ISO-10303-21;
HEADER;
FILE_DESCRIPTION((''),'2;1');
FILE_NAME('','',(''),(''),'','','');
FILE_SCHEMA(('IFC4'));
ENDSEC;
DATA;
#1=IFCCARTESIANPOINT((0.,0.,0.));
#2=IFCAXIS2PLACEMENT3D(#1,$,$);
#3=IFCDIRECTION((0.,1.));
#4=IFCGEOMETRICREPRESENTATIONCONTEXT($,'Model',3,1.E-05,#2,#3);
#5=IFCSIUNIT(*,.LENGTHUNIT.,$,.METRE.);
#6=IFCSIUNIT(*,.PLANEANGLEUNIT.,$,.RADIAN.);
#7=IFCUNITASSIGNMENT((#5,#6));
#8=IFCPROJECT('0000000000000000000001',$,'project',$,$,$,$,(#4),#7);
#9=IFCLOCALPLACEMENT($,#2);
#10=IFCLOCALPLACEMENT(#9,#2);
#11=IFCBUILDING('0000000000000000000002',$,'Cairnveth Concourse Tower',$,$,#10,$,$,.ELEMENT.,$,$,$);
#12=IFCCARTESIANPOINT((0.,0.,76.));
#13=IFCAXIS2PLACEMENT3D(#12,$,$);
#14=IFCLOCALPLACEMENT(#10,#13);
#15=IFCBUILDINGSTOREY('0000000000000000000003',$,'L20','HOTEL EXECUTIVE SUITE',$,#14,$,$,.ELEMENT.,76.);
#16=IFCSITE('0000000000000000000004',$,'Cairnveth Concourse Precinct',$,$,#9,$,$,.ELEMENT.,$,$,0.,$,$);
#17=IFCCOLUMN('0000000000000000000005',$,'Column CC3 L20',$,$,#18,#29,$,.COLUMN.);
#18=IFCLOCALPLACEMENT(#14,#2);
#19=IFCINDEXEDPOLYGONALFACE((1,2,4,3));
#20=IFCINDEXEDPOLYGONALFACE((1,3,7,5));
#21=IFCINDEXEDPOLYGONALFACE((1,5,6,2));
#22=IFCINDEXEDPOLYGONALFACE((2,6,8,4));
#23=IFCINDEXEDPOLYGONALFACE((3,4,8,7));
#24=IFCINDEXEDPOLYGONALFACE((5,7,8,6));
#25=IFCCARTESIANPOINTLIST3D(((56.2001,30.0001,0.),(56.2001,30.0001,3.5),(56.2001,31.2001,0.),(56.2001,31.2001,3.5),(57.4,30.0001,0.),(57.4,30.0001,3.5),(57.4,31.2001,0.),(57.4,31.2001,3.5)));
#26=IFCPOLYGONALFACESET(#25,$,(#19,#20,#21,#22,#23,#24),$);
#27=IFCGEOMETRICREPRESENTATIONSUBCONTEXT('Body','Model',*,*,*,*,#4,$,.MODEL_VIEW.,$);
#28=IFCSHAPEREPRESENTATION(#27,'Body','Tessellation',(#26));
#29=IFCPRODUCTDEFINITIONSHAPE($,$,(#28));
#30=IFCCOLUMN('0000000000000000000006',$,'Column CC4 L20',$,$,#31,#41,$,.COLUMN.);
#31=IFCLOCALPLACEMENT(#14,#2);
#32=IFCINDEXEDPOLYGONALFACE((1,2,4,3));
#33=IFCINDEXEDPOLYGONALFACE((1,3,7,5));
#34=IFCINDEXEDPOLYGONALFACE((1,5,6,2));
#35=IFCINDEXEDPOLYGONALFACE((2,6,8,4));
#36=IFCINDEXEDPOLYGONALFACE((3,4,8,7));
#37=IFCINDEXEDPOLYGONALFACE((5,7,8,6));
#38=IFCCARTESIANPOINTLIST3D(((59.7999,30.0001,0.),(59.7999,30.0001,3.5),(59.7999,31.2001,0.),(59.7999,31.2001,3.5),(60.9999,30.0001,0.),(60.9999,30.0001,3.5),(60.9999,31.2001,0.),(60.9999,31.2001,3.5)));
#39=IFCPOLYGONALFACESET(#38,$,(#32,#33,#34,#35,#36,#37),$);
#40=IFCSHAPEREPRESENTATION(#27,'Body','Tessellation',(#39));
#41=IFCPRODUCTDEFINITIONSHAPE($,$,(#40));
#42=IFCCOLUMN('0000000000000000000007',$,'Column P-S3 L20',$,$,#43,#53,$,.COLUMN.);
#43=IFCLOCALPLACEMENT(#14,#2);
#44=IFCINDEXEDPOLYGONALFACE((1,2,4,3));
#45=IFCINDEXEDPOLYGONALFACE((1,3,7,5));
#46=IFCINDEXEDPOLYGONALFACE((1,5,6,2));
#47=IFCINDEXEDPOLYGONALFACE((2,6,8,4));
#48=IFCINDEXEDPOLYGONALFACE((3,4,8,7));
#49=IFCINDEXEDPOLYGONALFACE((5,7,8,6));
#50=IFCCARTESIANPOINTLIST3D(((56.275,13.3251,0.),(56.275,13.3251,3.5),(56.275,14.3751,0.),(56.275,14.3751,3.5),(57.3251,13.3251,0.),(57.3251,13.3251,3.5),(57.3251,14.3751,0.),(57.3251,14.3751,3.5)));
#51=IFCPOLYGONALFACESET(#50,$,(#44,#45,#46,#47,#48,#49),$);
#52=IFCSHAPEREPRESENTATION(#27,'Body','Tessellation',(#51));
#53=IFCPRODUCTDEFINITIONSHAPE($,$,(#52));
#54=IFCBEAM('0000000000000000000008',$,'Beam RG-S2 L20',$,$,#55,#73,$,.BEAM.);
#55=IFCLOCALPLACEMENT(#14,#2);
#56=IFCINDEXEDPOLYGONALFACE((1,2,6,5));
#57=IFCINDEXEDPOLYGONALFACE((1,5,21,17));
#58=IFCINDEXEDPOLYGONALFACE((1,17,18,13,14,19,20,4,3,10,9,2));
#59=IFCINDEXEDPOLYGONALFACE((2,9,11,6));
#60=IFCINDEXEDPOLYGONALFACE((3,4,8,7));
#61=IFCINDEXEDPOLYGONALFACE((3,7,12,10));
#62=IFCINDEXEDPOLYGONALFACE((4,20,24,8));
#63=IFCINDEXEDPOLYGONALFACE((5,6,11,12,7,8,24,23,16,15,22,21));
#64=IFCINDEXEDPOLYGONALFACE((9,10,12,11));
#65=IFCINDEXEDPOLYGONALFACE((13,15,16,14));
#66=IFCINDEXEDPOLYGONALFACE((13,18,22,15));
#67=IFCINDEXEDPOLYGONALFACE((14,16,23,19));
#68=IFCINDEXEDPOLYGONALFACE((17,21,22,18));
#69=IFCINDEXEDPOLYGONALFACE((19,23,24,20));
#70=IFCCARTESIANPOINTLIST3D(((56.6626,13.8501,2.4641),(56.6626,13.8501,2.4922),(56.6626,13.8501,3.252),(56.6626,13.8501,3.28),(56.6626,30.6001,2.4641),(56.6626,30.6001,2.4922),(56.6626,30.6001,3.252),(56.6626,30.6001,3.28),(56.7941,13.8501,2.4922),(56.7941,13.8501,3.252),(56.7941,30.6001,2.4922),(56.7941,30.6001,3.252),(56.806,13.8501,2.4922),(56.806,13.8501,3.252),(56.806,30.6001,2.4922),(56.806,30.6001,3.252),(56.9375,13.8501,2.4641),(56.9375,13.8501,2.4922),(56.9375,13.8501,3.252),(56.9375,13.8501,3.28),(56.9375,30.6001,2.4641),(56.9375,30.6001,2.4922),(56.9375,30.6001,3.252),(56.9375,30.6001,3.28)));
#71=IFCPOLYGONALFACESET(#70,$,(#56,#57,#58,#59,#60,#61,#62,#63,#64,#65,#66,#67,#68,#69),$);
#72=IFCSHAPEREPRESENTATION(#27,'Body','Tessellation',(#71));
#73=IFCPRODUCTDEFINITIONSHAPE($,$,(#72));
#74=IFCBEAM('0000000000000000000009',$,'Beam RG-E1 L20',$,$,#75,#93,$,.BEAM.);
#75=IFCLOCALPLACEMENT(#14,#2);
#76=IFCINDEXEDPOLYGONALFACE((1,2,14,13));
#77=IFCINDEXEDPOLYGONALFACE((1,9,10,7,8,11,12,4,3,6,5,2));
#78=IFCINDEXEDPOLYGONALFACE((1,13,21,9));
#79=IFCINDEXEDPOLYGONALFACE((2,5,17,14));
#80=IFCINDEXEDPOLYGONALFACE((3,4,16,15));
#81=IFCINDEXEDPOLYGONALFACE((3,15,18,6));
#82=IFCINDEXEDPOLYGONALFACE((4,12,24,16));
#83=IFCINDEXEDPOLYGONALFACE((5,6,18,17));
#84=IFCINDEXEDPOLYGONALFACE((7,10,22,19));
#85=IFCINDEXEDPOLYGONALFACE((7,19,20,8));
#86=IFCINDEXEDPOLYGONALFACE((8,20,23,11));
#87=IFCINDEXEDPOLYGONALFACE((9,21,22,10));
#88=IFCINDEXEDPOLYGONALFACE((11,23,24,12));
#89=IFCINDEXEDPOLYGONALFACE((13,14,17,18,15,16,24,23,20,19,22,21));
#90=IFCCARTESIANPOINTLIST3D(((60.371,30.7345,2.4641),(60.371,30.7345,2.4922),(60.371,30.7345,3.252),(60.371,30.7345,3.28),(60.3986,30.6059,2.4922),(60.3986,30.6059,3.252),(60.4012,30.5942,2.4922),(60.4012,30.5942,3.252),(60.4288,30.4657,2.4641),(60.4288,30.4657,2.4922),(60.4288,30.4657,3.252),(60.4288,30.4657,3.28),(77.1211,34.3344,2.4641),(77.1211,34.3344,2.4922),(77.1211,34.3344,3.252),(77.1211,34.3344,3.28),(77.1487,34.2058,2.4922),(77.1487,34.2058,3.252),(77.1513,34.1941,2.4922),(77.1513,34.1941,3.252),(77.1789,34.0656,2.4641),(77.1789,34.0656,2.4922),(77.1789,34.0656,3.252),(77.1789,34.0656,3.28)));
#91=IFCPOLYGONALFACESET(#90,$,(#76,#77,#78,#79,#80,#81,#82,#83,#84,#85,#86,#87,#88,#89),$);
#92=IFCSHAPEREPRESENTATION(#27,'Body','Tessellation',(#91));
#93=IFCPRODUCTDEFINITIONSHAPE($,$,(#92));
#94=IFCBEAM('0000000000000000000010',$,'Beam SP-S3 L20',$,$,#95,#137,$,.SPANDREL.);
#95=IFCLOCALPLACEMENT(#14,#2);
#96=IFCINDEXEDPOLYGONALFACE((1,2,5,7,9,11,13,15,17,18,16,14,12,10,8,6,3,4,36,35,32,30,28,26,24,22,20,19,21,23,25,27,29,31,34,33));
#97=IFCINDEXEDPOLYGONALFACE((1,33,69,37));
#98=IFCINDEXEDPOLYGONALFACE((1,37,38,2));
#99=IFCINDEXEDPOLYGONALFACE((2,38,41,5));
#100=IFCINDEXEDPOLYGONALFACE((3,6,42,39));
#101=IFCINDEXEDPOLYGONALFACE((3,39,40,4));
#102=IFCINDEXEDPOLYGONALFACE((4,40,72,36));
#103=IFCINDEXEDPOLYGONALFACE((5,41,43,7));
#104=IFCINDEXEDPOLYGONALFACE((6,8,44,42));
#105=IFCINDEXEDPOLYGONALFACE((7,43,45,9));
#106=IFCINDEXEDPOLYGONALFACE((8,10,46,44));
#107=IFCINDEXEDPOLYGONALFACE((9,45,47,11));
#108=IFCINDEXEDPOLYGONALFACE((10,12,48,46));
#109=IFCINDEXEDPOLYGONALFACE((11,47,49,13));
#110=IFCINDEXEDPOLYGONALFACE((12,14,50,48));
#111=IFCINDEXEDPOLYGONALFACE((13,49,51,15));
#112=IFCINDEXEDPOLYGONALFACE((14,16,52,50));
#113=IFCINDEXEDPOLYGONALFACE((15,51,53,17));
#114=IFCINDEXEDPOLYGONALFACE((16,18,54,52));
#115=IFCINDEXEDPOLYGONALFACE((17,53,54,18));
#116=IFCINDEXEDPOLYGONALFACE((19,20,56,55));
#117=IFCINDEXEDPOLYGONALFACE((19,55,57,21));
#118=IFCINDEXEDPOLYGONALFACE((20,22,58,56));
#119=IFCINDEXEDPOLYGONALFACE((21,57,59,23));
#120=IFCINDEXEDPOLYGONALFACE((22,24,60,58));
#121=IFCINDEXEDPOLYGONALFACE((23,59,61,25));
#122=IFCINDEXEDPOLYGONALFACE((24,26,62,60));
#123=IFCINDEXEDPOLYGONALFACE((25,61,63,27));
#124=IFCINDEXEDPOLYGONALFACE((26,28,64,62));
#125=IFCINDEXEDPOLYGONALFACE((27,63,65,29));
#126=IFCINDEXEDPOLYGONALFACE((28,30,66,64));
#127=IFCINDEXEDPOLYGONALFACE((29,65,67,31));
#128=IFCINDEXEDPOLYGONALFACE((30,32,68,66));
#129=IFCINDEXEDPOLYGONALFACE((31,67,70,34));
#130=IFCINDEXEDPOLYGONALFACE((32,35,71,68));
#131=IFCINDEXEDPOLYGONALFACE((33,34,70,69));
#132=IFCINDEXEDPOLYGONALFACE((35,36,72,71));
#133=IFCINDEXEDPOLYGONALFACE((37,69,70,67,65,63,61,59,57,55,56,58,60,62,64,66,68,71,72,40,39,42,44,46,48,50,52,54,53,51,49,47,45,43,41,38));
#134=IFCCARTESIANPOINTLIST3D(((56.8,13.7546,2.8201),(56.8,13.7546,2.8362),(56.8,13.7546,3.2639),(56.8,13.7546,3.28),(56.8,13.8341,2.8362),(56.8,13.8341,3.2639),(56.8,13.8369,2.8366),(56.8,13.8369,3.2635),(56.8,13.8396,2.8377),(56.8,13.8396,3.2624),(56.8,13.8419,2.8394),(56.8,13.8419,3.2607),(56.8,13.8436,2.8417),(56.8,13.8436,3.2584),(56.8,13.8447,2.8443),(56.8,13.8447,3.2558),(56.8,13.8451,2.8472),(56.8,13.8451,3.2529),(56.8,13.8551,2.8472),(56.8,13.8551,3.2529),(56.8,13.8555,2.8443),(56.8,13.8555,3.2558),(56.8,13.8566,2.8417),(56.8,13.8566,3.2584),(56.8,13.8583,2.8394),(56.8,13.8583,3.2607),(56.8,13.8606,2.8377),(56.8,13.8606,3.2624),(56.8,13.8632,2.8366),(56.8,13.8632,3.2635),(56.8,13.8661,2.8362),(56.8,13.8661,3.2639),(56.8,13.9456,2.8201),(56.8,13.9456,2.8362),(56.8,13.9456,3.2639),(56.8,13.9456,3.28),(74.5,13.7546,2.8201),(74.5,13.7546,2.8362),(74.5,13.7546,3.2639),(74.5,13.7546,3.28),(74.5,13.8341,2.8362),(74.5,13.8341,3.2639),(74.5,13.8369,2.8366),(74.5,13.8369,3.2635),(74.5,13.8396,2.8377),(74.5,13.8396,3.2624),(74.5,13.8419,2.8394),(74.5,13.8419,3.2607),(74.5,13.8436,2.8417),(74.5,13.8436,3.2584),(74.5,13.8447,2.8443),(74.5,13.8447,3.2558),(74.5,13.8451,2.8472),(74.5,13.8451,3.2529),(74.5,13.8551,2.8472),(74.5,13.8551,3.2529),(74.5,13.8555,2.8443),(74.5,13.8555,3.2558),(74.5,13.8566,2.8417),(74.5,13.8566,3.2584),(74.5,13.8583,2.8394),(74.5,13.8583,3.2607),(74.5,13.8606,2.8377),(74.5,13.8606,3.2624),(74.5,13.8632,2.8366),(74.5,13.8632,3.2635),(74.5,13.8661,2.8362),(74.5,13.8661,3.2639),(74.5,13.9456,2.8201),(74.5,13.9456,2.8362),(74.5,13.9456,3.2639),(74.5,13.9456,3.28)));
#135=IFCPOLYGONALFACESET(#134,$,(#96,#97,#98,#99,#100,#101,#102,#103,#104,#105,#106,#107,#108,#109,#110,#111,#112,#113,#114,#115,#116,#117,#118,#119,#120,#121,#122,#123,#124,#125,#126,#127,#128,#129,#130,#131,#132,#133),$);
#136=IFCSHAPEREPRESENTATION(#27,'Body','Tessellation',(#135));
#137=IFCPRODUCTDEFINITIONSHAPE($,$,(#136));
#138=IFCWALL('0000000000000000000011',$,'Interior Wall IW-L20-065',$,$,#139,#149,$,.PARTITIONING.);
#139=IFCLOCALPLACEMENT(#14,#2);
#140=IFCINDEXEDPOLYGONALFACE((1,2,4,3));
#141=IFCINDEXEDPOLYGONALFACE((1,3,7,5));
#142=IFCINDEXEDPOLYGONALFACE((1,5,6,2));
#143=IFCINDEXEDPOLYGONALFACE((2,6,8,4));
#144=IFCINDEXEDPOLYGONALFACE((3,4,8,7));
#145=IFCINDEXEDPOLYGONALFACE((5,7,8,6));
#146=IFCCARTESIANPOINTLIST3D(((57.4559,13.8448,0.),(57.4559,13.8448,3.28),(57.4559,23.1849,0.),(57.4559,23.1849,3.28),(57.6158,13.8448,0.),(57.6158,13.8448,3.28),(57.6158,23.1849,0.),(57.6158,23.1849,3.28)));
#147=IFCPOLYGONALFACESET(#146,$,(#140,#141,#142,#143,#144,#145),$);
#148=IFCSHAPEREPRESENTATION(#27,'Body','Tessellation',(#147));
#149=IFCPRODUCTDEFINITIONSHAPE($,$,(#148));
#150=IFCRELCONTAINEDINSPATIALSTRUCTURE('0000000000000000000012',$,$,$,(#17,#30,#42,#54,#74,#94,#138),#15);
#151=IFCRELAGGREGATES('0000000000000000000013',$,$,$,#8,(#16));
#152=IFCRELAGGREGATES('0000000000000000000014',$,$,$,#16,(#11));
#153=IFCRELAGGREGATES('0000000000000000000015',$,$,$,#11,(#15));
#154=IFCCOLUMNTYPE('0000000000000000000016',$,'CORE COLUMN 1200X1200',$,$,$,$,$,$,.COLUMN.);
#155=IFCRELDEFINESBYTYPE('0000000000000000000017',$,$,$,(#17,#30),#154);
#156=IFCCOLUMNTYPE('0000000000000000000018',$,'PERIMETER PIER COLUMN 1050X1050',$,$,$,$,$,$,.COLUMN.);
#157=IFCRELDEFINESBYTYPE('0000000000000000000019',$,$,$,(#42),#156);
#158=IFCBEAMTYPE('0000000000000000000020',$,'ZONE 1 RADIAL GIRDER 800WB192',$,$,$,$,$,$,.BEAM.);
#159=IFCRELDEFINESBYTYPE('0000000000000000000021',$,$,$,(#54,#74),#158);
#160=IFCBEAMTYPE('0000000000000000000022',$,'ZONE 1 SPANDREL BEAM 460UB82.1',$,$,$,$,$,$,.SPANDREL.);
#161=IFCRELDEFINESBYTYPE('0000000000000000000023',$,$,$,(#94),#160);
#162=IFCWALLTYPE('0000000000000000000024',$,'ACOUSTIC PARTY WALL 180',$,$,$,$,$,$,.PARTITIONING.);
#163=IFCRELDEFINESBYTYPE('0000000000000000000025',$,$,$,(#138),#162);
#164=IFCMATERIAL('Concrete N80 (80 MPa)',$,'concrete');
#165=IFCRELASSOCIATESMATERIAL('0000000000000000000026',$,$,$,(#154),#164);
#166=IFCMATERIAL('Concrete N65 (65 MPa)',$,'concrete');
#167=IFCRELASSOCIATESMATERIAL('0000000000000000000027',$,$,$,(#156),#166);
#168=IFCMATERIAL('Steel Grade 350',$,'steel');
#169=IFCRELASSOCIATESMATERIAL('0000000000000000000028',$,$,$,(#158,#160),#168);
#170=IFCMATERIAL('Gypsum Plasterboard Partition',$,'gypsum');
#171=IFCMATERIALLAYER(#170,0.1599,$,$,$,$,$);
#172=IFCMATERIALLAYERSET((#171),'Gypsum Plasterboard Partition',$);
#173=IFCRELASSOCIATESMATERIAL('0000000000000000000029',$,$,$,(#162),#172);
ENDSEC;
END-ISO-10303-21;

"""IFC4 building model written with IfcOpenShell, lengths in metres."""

from ifc_helpers import new_model, si_unit, direction, frame, frame_2d, origin, origin_2d, place, context, subcontext, project, spatial, rectangle, i_section, extrude, material, layer, layer_set, material_profile, profile_set, type_object, element, save


model = new_model("IFC4")

# Units and contexts
model_context = context("Model", 3, precision=1e-05, world=origin(), true_north=direction((0.0, 1.0)))
body_context = subcontext(model_context, "Body", "Model", "MODEL_VIEW")
ifc_project = project(units=[si_unit("LENGTHUNIT", "METRE"), si_unit("PLANEANGLEUNIT", "RADIAN")], contexts=[model_context])

# Site, building, storey
site_placement = place(None, origin())
site = spatial("IfcSite", under=ifc_project, at=site_placement, Name="Cairnveth Concourse Precinct", CompositionType="ELEMENT", RefElevation=0.0)
building_placement = place(site_placement, origin())
building = spatial("IfcBuilding", under=site, at=building_placement, Name="Cairnveth Concourse Tower", CompositionType="ELEMENT")
storey_placement = place(building_placement, frame((0.0, 0.0, 76.0)))
storey = spatial("IfcBuildingStorey", under=building, at=storey_placement, Name="L20", Description="HOTEL EXECUTIVE SUITE", CompositionType="ELEMENT", Elevation=76.0)

# Columns
ifc_material_1 = material(Name="Concrete N80 (80 MPa)", Category="concrete")
ifc_material_profile_1 = material_profile(ifc_material_1, rectangle(XDim=1.2, YDim=1.2, at=origin_2d()), Name="RC-COL-1200x1200")
ifc_profile_set_1 = profile_set([ifc_material_profile_1], Name="Concrete N80 (80 MPa)")
column_type_1 = type_object("IfcColumnType", Name="CORE COLUMN 1200X1200", PredefinedType="COLUMN", material=ifc_profile_set_1)
for number, where, z_axis, x_axis, name in (
    (1, (56.8, 30.6001, 0.0), (0.0, 0.0, 1.0), (1.0, 0.0, 0.0), "Column CC3 L20"),
    (2, (60.3999, 30.6001, 0.0), (0.0, 0.0, 1.0), (1.0, 0.0, 0.0), "Column CC4 L20"),
):
    element("IfcColumn", number, at=place(storey_placement, frame(where, z_axis=z_axis, x_axis=x_axis)), inside=storey, type_object=column_type_1, Name=name, PredefinedType="COLUMN", context=body_context, shape_type="SweptSolid", body=[
        extrude(rectangle(XDim=1.2, YDim=1.2, at=origin_2d()), origin(), (0.0, 0.0, 1.0), 3.5),
    ])
ifc_material_2 = material(Name="Concrete N65 (65 MPa)", Category="concrete")
ifc_material_profile_2 = material_profile(ifc_material_2, rectangle(XDim=1.05, YDim=1.05, at=origin_2d()), Name="RC-COL-1050x1050")
ifc_profile_set_2 = profile_set([ifc_material_profile_2], Name="Concrete N65 (65 MPa)")
column_type_2 = type_object("IfcColumnType", Name="PERIMETER PIER COLUMN 1050X1050", PredefinedType="COLUMN", material=ifc_profile_set_2)
column_placement = place(storey_placement, frame((56.8, 13.8501, 0.0), z_axis=(0.0, 0.0, 1.0), x_axis=(1.0, 0.0, 0.0)))
element("IfcColumn", 3, at=column_placement, inside=storey, type_object=column_type_2, Name="Column P-S3 L20", PredefinedType="COLUMN", context=body_context, shape_type="SweptSolid", body=[
    extrude(rectangle(XDim=1.05, YDim=1.05, at=origin_2d()), origin(), (0.0, 0.0, 1.0), 3.5),
])

# Beams
ifc_material_3 = material(Name="Steel Grade 350", Category="steel")
ifc_material_profile_3 = material_profile(ifc_material_3, i_section(OverallWidth=0.2749, OverallDepth=0.8159, WebThickness=0.012, FlangeThickness=0.0281, at=origin_2d()), Name="800WB192")
ifc_profile_set_3 = profile_set([ifc_material_profile_3], Name="Steel Grade 350")
beam_type_1 = type_object("IfcBeamType", Name="ZONE 1 RADIAL GIRDER 800WB192", PredefinedType="BEAM", material=ifc_profile_set_3)
beam_1_placement = place(storey_placement, frame((56.8, 13.8501, 2.8721), z_axis=(0.0, 1.0, 0.0), x_axis=(-1.0, 0.0, 0.0)))
element("IfcBeam", 4, at=beam_1_placement, inside=storey, type_object=beam_type_1, Name="Beam RG-S2 L20", PredefinedType="BEAM", context=body_context, shape_type="SweptSolid", body=[
    extrude(i_section(OverallWidth=0.2749, OverallDepth=0.8159, WebThickness=0.012, FlangeThickness=0.0281, at=origin_2d()), origin(), (0.0, 0.0, 1.0), 16.75),
])
beam_2_placement = place(storey_placement, frame((60.3999, 30.6001, 2.8721), z_axis=(0.977676, 0.210119, 0.0), x_axis=(-0.210119, 0.977676, 0.0)))
element("IfcBeam", 5, at=beam_2_placement, inside=storey, type_object=beam_type_1, Name="Beam RG-E1 L20", PredefinedType="BEAM", context=body_context, shape_type="SweptSolid", body=[
    extrude(i_section(OverallWidth=0.2749, OverallDepth=0.8159, WebThickness=0.012, FlangeThickness=0.0281, at=origin_2d()), origin(), (0.0, 0.0, 1.0), 17.1326),
])
ifc_material_profile_4 = material_profile(ifc_material_3, i_section(OverallWidth=0.1909, OverallDepth=0.46, WebThickness=0.01, FlangeThickness=0.0161, FilletRadius=0.011, at=origin_2d()), Name="460UB82.1")
ifc_profile_set_4 = profile_set([ifc_material_profile_4], Name="Steel Grade 350")
beam_type_2 = type_object("IfcBeamType", Name="ZONE 1 SPANDREL BEAM 460UB82.1", PredefinedType="SPANDREL", material=ifc_profile_set_4)
beam_3_placement = place(storey_placement, frame((56.8, 13.8501, 3.05), z_axis=(1.0, 0.0, 0.0), x_axis=(0.0, 1.0, 0.0)))
element("IfcBeam", 6, at=beam_3_placement, inside=storey, type_object=beam_type_2, Name="Beam SP-S3 L20", PredefinedType="SPANDREL", context=body_context, shape_type="SweptSolid", body=[
    extrude(i_section(OverallWidth=0.1909, OverallDepth=0.46, WebThickness=0.01, FlangeThickness=0.0161, FilletRadius=0.011, at=origin_2d()), origin(), (0.0, 0.0, 1.0), 17.7),
])

# Wall
ifc_material_4 = material(Name="Gypsum Plasterboard Partition", Category="gypsum")
ifc_layer_1 = layer(ifc_material_4, 0.1599)
ifc_layer_set_1 = layer_set([ifc_layer_1], Name="Gypsum Plasterboard Partition")
wall_type_1 = type_object("IfcWallType", Name="ACOUSTIC PARTY WALL 180", PredefinedType="PARTITIONING", material=ifc_layer_set_1)
wall_1_placement = place(storey_placement, frame((57.5359, 13.845, 0.0), z_axis=(0.0, 0.0, 1.0), x_axis=(0.0, 1.0, 0.0)))
element("IfcWall", 7, at=wall_1_placement, inside=storey, type_object=wall_type_1, Name="Interior Wall IW-L20-065", PredefinedType="PARTITIONING", context=body_context, shape_type="SweptSolid", body=[
    extrude(rectangle(XDim=9.3401, YDim=0.1599, at=frame_2d((4.6699, 0.0))), origin(), (0.0, 0.0, 1.0), 3.28),
])

save(model, "model.ifc")
